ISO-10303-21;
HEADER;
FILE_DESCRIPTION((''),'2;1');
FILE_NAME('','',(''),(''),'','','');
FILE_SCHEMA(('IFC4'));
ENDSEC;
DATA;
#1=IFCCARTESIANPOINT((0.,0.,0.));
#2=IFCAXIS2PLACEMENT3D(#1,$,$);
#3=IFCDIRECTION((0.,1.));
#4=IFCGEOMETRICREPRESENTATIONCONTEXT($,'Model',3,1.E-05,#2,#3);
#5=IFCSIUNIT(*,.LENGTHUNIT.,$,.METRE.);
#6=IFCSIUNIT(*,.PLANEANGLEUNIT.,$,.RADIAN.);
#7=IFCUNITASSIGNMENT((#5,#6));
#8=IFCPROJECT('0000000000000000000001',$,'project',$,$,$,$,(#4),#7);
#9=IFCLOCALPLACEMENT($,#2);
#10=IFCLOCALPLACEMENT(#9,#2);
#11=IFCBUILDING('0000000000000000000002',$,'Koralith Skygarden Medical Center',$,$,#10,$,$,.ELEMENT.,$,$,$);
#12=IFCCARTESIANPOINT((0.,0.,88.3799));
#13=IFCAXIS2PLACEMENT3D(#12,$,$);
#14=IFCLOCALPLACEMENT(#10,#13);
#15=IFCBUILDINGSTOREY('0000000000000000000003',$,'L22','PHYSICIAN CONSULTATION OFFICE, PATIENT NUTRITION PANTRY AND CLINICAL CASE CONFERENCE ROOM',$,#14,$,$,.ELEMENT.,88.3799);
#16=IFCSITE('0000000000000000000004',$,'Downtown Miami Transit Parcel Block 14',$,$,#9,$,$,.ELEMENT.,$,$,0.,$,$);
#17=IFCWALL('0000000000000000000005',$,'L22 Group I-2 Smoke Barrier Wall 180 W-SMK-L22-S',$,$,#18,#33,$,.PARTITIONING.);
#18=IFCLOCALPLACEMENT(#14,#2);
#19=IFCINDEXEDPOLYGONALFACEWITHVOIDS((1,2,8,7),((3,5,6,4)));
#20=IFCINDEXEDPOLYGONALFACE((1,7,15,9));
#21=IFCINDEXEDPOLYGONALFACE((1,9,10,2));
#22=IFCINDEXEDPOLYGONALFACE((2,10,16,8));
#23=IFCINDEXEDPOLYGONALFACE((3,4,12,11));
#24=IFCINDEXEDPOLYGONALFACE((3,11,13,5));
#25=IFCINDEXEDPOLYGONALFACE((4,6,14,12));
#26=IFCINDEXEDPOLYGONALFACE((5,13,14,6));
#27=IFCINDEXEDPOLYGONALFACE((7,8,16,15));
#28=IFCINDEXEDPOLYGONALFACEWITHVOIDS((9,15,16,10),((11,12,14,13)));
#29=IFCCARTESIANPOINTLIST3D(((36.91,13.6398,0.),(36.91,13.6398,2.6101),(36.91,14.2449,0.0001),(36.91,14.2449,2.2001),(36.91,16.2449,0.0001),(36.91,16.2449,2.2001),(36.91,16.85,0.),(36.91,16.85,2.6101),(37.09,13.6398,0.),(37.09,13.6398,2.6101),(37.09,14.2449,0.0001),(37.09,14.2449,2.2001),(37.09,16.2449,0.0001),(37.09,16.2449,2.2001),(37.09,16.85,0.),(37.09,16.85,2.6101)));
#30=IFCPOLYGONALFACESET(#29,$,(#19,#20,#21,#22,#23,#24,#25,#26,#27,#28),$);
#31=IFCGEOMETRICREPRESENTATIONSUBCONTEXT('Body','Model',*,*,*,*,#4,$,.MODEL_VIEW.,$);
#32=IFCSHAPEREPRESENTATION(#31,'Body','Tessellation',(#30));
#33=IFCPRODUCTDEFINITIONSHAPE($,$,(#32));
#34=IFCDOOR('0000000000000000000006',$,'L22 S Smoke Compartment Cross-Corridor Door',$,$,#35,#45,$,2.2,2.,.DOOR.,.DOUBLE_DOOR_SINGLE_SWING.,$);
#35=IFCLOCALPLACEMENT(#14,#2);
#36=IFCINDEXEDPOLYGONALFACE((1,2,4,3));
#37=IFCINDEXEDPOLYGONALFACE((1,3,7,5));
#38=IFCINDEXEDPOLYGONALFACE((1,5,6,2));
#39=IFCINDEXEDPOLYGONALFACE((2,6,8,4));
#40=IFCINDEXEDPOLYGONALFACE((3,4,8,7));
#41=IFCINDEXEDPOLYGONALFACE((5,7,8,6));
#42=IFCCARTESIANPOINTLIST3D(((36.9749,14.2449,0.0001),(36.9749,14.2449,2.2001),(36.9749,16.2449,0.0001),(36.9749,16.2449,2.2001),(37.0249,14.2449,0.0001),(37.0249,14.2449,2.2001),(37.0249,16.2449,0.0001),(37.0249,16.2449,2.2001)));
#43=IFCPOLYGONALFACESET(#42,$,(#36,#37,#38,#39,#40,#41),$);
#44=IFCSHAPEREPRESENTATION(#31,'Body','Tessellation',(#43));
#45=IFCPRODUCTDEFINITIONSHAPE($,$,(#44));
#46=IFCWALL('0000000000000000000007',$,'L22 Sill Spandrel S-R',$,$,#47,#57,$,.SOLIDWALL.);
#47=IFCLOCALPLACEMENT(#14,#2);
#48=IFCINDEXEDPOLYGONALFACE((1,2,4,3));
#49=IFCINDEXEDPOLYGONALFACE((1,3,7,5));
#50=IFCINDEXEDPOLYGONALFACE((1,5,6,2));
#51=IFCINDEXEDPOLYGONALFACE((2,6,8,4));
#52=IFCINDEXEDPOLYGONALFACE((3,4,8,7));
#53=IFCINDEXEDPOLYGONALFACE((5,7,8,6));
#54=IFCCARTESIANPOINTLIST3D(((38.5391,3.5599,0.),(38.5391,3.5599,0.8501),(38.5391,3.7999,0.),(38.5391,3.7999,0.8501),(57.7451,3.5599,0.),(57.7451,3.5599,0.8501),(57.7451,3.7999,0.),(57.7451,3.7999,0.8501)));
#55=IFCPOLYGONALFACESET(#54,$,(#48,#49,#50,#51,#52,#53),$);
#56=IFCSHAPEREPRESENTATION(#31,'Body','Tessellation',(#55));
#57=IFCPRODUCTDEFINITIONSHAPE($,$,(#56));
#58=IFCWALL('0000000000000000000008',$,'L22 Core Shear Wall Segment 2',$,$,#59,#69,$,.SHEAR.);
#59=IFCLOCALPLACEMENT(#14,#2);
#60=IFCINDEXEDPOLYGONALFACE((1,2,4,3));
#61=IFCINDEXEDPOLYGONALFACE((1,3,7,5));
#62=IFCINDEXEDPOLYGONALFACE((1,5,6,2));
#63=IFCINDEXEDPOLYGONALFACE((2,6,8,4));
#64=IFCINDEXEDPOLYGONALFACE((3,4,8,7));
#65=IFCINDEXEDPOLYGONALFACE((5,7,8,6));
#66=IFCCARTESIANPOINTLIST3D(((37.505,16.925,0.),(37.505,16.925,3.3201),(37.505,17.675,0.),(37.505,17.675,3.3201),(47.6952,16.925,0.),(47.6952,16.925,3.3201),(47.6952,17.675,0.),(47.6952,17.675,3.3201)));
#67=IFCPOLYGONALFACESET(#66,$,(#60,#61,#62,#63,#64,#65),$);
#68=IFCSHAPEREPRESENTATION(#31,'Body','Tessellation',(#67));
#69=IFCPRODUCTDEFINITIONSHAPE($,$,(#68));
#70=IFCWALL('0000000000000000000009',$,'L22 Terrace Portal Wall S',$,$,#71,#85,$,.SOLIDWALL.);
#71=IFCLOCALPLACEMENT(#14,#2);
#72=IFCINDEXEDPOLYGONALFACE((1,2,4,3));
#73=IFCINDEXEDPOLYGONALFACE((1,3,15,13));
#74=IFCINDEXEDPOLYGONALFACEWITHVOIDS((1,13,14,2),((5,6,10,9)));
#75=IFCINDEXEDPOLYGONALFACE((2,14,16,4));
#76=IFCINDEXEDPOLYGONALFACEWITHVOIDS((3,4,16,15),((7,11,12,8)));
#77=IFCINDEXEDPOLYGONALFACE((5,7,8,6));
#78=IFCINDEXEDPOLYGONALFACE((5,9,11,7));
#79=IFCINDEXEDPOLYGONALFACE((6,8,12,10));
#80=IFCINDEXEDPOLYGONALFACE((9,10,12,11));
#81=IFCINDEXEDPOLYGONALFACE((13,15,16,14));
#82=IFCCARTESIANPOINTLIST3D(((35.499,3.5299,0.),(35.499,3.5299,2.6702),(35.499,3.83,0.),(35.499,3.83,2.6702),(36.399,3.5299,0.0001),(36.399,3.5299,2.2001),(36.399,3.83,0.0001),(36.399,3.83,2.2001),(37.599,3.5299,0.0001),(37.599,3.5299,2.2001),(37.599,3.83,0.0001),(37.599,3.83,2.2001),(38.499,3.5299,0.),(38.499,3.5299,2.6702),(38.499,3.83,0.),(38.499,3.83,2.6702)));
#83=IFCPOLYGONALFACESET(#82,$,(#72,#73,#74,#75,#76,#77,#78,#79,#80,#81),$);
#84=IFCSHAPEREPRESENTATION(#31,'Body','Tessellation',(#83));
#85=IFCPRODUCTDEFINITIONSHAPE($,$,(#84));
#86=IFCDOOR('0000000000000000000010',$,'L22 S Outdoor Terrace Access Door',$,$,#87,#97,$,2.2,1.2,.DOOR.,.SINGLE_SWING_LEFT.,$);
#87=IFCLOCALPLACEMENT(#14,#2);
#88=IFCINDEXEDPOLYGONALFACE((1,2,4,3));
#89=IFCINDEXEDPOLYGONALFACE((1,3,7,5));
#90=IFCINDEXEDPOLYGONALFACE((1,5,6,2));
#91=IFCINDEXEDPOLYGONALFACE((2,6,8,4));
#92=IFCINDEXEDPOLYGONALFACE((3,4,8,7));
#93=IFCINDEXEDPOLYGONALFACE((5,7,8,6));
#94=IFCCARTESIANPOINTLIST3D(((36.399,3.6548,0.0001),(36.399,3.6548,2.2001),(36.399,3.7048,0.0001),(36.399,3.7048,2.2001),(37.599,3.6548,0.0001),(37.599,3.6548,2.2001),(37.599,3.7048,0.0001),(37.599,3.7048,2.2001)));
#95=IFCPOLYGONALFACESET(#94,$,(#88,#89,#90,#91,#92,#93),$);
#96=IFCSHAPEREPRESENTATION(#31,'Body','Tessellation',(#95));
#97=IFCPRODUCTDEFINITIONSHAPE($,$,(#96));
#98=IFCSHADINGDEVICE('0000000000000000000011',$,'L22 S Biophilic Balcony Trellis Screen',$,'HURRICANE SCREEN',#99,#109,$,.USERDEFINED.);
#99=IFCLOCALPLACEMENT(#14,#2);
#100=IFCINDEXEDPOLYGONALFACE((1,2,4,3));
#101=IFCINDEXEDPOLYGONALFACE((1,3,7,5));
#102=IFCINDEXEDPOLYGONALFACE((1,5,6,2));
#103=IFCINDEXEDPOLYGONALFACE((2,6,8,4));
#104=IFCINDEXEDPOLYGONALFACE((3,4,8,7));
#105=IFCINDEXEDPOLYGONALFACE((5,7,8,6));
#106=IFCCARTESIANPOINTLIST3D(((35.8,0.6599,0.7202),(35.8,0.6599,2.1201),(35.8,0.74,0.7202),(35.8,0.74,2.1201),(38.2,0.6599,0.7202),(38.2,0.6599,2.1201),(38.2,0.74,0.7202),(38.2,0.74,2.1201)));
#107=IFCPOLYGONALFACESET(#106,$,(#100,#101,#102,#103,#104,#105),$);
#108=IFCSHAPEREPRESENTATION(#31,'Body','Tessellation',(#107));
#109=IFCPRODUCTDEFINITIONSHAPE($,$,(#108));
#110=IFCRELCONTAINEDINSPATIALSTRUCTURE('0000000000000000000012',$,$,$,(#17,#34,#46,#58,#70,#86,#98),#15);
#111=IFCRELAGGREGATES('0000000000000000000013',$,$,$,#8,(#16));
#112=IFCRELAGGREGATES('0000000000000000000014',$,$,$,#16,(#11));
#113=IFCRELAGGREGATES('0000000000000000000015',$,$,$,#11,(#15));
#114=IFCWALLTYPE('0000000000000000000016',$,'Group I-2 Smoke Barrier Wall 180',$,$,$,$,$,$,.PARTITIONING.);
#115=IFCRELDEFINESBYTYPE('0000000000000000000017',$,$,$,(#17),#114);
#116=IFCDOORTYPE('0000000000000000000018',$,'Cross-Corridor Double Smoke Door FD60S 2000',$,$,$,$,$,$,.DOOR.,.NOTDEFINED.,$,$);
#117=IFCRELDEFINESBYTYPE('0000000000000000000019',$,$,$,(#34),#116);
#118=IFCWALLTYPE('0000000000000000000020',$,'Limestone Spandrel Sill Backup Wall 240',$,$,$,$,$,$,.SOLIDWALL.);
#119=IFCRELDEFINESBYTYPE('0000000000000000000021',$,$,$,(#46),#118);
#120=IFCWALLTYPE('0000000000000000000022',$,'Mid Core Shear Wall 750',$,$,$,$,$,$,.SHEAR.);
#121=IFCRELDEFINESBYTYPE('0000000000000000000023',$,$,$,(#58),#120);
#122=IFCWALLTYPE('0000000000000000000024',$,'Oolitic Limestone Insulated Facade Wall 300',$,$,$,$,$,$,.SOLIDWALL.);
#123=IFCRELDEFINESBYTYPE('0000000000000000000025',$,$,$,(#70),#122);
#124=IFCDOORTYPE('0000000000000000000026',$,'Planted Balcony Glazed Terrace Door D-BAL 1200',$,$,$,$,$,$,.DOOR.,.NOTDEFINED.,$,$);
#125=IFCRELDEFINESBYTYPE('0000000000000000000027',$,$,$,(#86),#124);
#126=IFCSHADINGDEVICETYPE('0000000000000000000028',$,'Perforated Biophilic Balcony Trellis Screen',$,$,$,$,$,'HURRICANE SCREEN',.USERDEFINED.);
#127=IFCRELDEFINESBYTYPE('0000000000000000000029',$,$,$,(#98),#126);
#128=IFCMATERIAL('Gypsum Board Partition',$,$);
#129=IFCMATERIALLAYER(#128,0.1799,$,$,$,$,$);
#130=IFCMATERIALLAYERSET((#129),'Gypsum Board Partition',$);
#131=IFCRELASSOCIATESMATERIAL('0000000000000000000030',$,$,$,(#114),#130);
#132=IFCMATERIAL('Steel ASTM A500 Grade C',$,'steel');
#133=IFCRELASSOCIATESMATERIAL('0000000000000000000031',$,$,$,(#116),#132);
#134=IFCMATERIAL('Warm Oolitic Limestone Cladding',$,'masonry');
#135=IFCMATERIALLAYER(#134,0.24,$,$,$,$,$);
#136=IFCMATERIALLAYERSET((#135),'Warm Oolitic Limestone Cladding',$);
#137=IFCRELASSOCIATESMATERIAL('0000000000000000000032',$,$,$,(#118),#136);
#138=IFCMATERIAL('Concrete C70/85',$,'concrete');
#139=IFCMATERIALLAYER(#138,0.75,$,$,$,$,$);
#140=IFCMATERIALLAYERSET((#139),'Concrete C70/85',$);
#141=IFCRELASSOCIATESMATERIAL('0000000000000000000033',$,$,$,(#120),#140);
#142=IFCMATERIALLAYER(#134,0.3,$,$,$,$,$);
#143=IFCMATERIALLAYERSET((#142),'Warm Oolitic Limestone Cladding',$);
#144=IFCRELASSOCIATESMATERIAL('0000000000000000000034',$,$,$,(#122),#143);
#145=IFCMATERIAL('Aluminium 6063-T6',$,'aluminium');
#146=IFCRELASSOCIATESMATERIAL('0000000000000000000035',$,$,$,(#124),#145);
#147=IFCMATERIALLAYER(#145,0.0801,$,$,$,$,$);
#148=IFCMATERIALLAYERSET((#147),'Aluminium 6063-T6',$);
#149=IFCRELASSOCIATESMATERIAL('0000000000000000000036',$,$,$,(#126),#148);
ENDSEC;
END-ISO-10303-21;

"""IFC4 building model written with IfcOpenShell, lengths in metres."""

from ifc_helpers import new_model, si_unit, direction, frame, frame_2d, origin, origin_2d, place, context, subcontext, project, spatial, rectangle, extrude, material, layer, layer_set, type_object, element, fill, save


model = new_model("IFC4")

# Units and contexts
model_context = context("Model", 3, precision=1e-05, world=origin(), true_north=direction((0.0, 1.0)))
body_context = subcontext(model_context, "Body", "Model", "MODEL_VIEW")
ifc_project = project(units=[si_unit("LENGTHUNIT", "METRE"), si_unit("PLANEANGLEUNIT", "RADIAN")], contexts=[model_context])

# Site, building, storey
site_placement = place(None, origin())
site = spatial("IfcSite", under=ifc_project, at=site_placement, Name="Downtown Miami Transit Parcel Block 14", CompositionType="ELEMENT", RefElevation=0.0)
building_placement = place(site_placement, origin())
building = spatial("IfcBuilding", under=site, at=building_placement, Name="Koralith Skygarden Medical Center", CompositionType="ELEMENT")
storey_placement = place(building_placement, frame((0.0, 0.0, 88.3799)))
storey = spatial("IfcBuildingStorey", under=building, at=storey_placement, Name="L22", Description="PHYSICIAN CONSULTATION OFFICE, PATIENT NUTRITION PANTRY AND CLINICAL CASE CONFERENCE ROOM", CompositionType="ELEMENT", Elevation=88.3799)

# Shared definitions
ifc_material_1 = material(Name="Concrete C70/85", Category="concrete")

# Shared definitions
ifc_material_2 = material(Name="Aluminium 6063-T6", Category="aluminium")

# Shared definitions
ifc_material_3 = material(Name="Gypsum Board Partition")

# Wall, opening, door
ifc_layer_1 = layer(ifc_material_3, 0.1799)
ifc_layer_set_1 = layer_set([ifc_layer_1], Name="Gypsum Board Partition")
wall_type_1 = type_object("IfcWallType", Name="Group I-2 Smoke Barrier Wall 180", PredefinedType="PARTITIONING", material=ifc_layer_set_1)
wall_1_placement = place(storey_placement, frame((37.0, 13.6399, 0.0), z_axis=(0.0, 0.0, 1.0), x_axis=(0.0, 1.0, 0.0)))
wall_1 = element("IfcWall", 1, at=wall_1_placement, inside=storey, type_object=wall_type_1, Name="L22 Group I-2 Smoke Barrier Wall 180 W-SMK-L22-S", PredefinedType="PARTITIONING", context=body_context, shape_type="SweptSolid", body=[
    extrude(rectangle(XDim=3.2102, YDim=0.1799, at=frame_2d((1.605, 0.0))), origin(), (0.0, 0.0, 1.0), 2.6101),
])
opening_1_placement = place(wall_1_placement, frame((0.605, 0.0, 0.0)))
opening_1 = element("IfcOpeningElement", 2, at=opening_1_placement, cuts=wall_1, PredefinedType="OPENING", context=body_context, shape_type="SweptSolid", body=[
    extrude(rectangle(XDim=2.0, YDim=2.2, at=frame_2d((1.0, 1.1001))), frame((0.0, 0.0999, 0.0), z_axis=(0.0, -1.0, 0.0), x_axis=(1.0, 0.0, 0.0)), (0.0, 0.0, 1.0), 0.2),
])
ifc_material_4 = material(Name="Steel ASTM A500 Grade C", Category="steel")
door_type_1 = type_object("IfcDoorType", Name="Cross-Corridor Double Smoke Door FD60S 2000", OperationType="NOTDEFINED", PredefinedType="DOOR", material=ifc_material_4)
door_1_placement = place(opening_1_placement, frame((2.0, 0.0, 0.0), z_axis=(0.0, 0.0, 1.0), x_axis=(-1.0, 0.0, 0.0)))
door_1 = element("IfcDoor", 3, at=door_1_placement, inside=storey, type_object=door_type_1, Name="L22 S Smoke Compartment Cross-Corridor Door", OperationType="DOUBLE_DOOR_SINGLE_SWING", OverallHeight=2.2, OverallWidth=2.0, PredefinedType="DOOR", context=body_context, shape_type="SweptSolid", body=[
    extrude(rectangle(XDim=2.0, YDim=2.2, at=frame_2d((1.0, 1.1001))), frame((0.0, 0.0249, 0.0), z_axis=(0.0, -1.0, 0.0), x_axis=(1.0, 0.0, 0.0)), (0.0, 0.0, 1.0), 0.05),
])
fill(opening_1, door_1)

# Walls
ifc_material_5 = material(Name="Warm Oolitic Limestone Cladding", Category="masonry")
ifc_layer_2 = layer(ifc_material_5, 0.24)
ifc_layer_set_2 = layer_set([ifc_layer_2], Name="Warm Oolitic Limestone Cladding")
wall_type_2 = type_object("IfcWallType", Name="Limestone Spandrel Sill Backup Wall 240", PredefinedType="SOLIDWALL", material=ifc_layer_set_2)
wall_2_placement = place(storey_placement, frame((38.5391, 3.6799, 0.0), z_axis=(0.0, 0.0, 1.0), x_axis=(1.0, 0.0, 0.0)))
element("IfcWall", 4, at=wall_2_placement, inside=storey, type_object=wall_type_2, Name="L22 Sill Spandrel S-R", PredefinedType="SOLIDWALL", context=body_context, shape_type="SweptSolid", body=[
    extrude(rectangle(XDim=19.2061, YDim=0.24, at=frame_2d((9.603, 0.0))), origin(), (0.0, 0.0, 1.0), 0.8501),
])
ifc_layer_3 = layer(ifc_material_1, 0.75)
ifc_layer_set_3 = layer_set([ifc_layer_3], Name="Concrete C70/85")
wall_type_3 = type_object("IfcWallType", Name="Mid Core Shear Wall 750", PredefinedType="SHEAR", material=ifc_layer_set_3)
wall_3_placement = place(storey_placement, frame((37.5049, 17.3, 0.0), z_axis=(0.0, 0.0, 1.0), x_axis=(1.0, 0.0, 0.0)))
element("IfcWall", 5, at=wall_3_placement, inside=storey, type_object=wall_type_3, Name="L22 Core Shear Wall Segment 2", PredefinedType="SHEAR", context=body_context, shape_type="SweptSolid", body=[
    extrude(rectangle(XDim=10.1902, YDim=0.75, at=frame_2d((5.0952, 0.0))), origin(), (0.0, 0.0, 1.0), 3.3201),
])

# Wall, opening, door
ifc_layer_4 = layer(ifc_material_5, 0.3)
ifc_layer_set_4 = layer_set([ifc_layer_4], Name="Warm Oolitic Limestone Cladding")
wall_type_4 = type_object("IfcWallType", Name="Oolitic Limestone Insulated Facade Wall 300", PredefinedType="SOLIDWALL", material=ifc_layer_set_4)
wall_4_placement = place(storey_placement, frame((35.499, 3.6799, 0.0), z_axis=(0.0, 0.0, 1.0), x_axis=(1.0, 0.0, 0.0)))
wall_4 = element("IfcWall", 6, at=wall_4_placement, inside=storey, type_object=wall_type_4, Name="L22 Terrace Portal Wall S", PredefinedType="SOLIDWALL", context=body_context, shape_type="SweptSolid", body=[
    extrude(rectangle(XDim=3.0, YDim=0.3, at=frame_2d((1.5, 0.0))), origin(), (0.0, 0.0, 1.0), 2.6702),
])
opening_2_placement = place(wall_4_placement, frame((0.8999, 0.0, 0.0)))
opening_2 = element("IfcOpeningElement", 7, at=opening_2_placement, cuts=wall_4, PredefinedType="OPENING", context=body_context, shape_type="SweptSolid", body=[
    extrude(rectangle(XDim=1.2, YDim=2.2, at=frame_2d((0.6001, 1.1001))), frame((0.0, 0.1599, 0.0), z_axis=(0.0, -1.0, 0.0), x_axis=(1.0, 0.0, 0.0)), (0.0, 0.0, 1.0), 0.3201),
])
door_type_2 = type_object("IfcDoorType", Name="Planted Balcony Glazed Terrace Door D-BAL 1200", OperationType="NOTDEFINED", PredefinedType="DOOR", material=ifc_material_2)
door_2_placement = place(opening_2_placement, origin())
door_2 = element("IfcDoor", 8, at=door_2_placement, inside=storey, type_object=door_type_2, Name="L22 S Outdoor Terrace Access Door", OperationType="SINGLE_SWING_LEFT", OverallHeight=2.2, OverallWidth=1.2, PredefinedType="DOOR", context=body_context, shape_type="SweptSolid", body=[
    extrude(rectangle(XDim=1.2, YDim=2.2, at=frame_2d((0.6001, 1.1001))), frame((0.0, 0.0249, 0.0), z_axis=(0.0, -1.0, 0.0), x_axis=(1.0, 0.0, 0.0)), (0.0, 0.0, 1.0), 0.05),
])
fill(opening_2, door_2)

# Shading device
ifc_layer_5 = layer(ifc_material_2, 0.0801)
ifc_layer_set_5 = layer_set([ifc_layer_5], Name="Aluminium 6063-T6")
shading_device_type = type_object("IfcShadingDeviceType", Name="Perforated Biophilic Balcony Trellis Screen", ElementType="HURRICANE SCREEN", PredefinedType="USERDEFINED", material=ifc_layer_set_5)
shading_device_placement = place(storey_placement, frame((37.0, 0.7, 0.7202), z_axis=(0.0, 0.0, 1.0), x_axis=(1.0, 0.0, 0.0)))
element("IfcShadingDevice", 9, at=shading_device_placement, inside=storey, type_object=shading_device_type, Name="L22 S Biophilic Balcony Trellis Screen", ObjectType="HURRICANE SCREEN", PredefinedType="USERDEFINED", context=body_context, shape_type="SweptSolid", body=[
    extrude(rectangle(XDim=2.3999, YDim=0.0801, at=origin_2d()), origin(), (0.0, 0.0, 1.0), 1.3999),
])

save(model, "model.ifc")
